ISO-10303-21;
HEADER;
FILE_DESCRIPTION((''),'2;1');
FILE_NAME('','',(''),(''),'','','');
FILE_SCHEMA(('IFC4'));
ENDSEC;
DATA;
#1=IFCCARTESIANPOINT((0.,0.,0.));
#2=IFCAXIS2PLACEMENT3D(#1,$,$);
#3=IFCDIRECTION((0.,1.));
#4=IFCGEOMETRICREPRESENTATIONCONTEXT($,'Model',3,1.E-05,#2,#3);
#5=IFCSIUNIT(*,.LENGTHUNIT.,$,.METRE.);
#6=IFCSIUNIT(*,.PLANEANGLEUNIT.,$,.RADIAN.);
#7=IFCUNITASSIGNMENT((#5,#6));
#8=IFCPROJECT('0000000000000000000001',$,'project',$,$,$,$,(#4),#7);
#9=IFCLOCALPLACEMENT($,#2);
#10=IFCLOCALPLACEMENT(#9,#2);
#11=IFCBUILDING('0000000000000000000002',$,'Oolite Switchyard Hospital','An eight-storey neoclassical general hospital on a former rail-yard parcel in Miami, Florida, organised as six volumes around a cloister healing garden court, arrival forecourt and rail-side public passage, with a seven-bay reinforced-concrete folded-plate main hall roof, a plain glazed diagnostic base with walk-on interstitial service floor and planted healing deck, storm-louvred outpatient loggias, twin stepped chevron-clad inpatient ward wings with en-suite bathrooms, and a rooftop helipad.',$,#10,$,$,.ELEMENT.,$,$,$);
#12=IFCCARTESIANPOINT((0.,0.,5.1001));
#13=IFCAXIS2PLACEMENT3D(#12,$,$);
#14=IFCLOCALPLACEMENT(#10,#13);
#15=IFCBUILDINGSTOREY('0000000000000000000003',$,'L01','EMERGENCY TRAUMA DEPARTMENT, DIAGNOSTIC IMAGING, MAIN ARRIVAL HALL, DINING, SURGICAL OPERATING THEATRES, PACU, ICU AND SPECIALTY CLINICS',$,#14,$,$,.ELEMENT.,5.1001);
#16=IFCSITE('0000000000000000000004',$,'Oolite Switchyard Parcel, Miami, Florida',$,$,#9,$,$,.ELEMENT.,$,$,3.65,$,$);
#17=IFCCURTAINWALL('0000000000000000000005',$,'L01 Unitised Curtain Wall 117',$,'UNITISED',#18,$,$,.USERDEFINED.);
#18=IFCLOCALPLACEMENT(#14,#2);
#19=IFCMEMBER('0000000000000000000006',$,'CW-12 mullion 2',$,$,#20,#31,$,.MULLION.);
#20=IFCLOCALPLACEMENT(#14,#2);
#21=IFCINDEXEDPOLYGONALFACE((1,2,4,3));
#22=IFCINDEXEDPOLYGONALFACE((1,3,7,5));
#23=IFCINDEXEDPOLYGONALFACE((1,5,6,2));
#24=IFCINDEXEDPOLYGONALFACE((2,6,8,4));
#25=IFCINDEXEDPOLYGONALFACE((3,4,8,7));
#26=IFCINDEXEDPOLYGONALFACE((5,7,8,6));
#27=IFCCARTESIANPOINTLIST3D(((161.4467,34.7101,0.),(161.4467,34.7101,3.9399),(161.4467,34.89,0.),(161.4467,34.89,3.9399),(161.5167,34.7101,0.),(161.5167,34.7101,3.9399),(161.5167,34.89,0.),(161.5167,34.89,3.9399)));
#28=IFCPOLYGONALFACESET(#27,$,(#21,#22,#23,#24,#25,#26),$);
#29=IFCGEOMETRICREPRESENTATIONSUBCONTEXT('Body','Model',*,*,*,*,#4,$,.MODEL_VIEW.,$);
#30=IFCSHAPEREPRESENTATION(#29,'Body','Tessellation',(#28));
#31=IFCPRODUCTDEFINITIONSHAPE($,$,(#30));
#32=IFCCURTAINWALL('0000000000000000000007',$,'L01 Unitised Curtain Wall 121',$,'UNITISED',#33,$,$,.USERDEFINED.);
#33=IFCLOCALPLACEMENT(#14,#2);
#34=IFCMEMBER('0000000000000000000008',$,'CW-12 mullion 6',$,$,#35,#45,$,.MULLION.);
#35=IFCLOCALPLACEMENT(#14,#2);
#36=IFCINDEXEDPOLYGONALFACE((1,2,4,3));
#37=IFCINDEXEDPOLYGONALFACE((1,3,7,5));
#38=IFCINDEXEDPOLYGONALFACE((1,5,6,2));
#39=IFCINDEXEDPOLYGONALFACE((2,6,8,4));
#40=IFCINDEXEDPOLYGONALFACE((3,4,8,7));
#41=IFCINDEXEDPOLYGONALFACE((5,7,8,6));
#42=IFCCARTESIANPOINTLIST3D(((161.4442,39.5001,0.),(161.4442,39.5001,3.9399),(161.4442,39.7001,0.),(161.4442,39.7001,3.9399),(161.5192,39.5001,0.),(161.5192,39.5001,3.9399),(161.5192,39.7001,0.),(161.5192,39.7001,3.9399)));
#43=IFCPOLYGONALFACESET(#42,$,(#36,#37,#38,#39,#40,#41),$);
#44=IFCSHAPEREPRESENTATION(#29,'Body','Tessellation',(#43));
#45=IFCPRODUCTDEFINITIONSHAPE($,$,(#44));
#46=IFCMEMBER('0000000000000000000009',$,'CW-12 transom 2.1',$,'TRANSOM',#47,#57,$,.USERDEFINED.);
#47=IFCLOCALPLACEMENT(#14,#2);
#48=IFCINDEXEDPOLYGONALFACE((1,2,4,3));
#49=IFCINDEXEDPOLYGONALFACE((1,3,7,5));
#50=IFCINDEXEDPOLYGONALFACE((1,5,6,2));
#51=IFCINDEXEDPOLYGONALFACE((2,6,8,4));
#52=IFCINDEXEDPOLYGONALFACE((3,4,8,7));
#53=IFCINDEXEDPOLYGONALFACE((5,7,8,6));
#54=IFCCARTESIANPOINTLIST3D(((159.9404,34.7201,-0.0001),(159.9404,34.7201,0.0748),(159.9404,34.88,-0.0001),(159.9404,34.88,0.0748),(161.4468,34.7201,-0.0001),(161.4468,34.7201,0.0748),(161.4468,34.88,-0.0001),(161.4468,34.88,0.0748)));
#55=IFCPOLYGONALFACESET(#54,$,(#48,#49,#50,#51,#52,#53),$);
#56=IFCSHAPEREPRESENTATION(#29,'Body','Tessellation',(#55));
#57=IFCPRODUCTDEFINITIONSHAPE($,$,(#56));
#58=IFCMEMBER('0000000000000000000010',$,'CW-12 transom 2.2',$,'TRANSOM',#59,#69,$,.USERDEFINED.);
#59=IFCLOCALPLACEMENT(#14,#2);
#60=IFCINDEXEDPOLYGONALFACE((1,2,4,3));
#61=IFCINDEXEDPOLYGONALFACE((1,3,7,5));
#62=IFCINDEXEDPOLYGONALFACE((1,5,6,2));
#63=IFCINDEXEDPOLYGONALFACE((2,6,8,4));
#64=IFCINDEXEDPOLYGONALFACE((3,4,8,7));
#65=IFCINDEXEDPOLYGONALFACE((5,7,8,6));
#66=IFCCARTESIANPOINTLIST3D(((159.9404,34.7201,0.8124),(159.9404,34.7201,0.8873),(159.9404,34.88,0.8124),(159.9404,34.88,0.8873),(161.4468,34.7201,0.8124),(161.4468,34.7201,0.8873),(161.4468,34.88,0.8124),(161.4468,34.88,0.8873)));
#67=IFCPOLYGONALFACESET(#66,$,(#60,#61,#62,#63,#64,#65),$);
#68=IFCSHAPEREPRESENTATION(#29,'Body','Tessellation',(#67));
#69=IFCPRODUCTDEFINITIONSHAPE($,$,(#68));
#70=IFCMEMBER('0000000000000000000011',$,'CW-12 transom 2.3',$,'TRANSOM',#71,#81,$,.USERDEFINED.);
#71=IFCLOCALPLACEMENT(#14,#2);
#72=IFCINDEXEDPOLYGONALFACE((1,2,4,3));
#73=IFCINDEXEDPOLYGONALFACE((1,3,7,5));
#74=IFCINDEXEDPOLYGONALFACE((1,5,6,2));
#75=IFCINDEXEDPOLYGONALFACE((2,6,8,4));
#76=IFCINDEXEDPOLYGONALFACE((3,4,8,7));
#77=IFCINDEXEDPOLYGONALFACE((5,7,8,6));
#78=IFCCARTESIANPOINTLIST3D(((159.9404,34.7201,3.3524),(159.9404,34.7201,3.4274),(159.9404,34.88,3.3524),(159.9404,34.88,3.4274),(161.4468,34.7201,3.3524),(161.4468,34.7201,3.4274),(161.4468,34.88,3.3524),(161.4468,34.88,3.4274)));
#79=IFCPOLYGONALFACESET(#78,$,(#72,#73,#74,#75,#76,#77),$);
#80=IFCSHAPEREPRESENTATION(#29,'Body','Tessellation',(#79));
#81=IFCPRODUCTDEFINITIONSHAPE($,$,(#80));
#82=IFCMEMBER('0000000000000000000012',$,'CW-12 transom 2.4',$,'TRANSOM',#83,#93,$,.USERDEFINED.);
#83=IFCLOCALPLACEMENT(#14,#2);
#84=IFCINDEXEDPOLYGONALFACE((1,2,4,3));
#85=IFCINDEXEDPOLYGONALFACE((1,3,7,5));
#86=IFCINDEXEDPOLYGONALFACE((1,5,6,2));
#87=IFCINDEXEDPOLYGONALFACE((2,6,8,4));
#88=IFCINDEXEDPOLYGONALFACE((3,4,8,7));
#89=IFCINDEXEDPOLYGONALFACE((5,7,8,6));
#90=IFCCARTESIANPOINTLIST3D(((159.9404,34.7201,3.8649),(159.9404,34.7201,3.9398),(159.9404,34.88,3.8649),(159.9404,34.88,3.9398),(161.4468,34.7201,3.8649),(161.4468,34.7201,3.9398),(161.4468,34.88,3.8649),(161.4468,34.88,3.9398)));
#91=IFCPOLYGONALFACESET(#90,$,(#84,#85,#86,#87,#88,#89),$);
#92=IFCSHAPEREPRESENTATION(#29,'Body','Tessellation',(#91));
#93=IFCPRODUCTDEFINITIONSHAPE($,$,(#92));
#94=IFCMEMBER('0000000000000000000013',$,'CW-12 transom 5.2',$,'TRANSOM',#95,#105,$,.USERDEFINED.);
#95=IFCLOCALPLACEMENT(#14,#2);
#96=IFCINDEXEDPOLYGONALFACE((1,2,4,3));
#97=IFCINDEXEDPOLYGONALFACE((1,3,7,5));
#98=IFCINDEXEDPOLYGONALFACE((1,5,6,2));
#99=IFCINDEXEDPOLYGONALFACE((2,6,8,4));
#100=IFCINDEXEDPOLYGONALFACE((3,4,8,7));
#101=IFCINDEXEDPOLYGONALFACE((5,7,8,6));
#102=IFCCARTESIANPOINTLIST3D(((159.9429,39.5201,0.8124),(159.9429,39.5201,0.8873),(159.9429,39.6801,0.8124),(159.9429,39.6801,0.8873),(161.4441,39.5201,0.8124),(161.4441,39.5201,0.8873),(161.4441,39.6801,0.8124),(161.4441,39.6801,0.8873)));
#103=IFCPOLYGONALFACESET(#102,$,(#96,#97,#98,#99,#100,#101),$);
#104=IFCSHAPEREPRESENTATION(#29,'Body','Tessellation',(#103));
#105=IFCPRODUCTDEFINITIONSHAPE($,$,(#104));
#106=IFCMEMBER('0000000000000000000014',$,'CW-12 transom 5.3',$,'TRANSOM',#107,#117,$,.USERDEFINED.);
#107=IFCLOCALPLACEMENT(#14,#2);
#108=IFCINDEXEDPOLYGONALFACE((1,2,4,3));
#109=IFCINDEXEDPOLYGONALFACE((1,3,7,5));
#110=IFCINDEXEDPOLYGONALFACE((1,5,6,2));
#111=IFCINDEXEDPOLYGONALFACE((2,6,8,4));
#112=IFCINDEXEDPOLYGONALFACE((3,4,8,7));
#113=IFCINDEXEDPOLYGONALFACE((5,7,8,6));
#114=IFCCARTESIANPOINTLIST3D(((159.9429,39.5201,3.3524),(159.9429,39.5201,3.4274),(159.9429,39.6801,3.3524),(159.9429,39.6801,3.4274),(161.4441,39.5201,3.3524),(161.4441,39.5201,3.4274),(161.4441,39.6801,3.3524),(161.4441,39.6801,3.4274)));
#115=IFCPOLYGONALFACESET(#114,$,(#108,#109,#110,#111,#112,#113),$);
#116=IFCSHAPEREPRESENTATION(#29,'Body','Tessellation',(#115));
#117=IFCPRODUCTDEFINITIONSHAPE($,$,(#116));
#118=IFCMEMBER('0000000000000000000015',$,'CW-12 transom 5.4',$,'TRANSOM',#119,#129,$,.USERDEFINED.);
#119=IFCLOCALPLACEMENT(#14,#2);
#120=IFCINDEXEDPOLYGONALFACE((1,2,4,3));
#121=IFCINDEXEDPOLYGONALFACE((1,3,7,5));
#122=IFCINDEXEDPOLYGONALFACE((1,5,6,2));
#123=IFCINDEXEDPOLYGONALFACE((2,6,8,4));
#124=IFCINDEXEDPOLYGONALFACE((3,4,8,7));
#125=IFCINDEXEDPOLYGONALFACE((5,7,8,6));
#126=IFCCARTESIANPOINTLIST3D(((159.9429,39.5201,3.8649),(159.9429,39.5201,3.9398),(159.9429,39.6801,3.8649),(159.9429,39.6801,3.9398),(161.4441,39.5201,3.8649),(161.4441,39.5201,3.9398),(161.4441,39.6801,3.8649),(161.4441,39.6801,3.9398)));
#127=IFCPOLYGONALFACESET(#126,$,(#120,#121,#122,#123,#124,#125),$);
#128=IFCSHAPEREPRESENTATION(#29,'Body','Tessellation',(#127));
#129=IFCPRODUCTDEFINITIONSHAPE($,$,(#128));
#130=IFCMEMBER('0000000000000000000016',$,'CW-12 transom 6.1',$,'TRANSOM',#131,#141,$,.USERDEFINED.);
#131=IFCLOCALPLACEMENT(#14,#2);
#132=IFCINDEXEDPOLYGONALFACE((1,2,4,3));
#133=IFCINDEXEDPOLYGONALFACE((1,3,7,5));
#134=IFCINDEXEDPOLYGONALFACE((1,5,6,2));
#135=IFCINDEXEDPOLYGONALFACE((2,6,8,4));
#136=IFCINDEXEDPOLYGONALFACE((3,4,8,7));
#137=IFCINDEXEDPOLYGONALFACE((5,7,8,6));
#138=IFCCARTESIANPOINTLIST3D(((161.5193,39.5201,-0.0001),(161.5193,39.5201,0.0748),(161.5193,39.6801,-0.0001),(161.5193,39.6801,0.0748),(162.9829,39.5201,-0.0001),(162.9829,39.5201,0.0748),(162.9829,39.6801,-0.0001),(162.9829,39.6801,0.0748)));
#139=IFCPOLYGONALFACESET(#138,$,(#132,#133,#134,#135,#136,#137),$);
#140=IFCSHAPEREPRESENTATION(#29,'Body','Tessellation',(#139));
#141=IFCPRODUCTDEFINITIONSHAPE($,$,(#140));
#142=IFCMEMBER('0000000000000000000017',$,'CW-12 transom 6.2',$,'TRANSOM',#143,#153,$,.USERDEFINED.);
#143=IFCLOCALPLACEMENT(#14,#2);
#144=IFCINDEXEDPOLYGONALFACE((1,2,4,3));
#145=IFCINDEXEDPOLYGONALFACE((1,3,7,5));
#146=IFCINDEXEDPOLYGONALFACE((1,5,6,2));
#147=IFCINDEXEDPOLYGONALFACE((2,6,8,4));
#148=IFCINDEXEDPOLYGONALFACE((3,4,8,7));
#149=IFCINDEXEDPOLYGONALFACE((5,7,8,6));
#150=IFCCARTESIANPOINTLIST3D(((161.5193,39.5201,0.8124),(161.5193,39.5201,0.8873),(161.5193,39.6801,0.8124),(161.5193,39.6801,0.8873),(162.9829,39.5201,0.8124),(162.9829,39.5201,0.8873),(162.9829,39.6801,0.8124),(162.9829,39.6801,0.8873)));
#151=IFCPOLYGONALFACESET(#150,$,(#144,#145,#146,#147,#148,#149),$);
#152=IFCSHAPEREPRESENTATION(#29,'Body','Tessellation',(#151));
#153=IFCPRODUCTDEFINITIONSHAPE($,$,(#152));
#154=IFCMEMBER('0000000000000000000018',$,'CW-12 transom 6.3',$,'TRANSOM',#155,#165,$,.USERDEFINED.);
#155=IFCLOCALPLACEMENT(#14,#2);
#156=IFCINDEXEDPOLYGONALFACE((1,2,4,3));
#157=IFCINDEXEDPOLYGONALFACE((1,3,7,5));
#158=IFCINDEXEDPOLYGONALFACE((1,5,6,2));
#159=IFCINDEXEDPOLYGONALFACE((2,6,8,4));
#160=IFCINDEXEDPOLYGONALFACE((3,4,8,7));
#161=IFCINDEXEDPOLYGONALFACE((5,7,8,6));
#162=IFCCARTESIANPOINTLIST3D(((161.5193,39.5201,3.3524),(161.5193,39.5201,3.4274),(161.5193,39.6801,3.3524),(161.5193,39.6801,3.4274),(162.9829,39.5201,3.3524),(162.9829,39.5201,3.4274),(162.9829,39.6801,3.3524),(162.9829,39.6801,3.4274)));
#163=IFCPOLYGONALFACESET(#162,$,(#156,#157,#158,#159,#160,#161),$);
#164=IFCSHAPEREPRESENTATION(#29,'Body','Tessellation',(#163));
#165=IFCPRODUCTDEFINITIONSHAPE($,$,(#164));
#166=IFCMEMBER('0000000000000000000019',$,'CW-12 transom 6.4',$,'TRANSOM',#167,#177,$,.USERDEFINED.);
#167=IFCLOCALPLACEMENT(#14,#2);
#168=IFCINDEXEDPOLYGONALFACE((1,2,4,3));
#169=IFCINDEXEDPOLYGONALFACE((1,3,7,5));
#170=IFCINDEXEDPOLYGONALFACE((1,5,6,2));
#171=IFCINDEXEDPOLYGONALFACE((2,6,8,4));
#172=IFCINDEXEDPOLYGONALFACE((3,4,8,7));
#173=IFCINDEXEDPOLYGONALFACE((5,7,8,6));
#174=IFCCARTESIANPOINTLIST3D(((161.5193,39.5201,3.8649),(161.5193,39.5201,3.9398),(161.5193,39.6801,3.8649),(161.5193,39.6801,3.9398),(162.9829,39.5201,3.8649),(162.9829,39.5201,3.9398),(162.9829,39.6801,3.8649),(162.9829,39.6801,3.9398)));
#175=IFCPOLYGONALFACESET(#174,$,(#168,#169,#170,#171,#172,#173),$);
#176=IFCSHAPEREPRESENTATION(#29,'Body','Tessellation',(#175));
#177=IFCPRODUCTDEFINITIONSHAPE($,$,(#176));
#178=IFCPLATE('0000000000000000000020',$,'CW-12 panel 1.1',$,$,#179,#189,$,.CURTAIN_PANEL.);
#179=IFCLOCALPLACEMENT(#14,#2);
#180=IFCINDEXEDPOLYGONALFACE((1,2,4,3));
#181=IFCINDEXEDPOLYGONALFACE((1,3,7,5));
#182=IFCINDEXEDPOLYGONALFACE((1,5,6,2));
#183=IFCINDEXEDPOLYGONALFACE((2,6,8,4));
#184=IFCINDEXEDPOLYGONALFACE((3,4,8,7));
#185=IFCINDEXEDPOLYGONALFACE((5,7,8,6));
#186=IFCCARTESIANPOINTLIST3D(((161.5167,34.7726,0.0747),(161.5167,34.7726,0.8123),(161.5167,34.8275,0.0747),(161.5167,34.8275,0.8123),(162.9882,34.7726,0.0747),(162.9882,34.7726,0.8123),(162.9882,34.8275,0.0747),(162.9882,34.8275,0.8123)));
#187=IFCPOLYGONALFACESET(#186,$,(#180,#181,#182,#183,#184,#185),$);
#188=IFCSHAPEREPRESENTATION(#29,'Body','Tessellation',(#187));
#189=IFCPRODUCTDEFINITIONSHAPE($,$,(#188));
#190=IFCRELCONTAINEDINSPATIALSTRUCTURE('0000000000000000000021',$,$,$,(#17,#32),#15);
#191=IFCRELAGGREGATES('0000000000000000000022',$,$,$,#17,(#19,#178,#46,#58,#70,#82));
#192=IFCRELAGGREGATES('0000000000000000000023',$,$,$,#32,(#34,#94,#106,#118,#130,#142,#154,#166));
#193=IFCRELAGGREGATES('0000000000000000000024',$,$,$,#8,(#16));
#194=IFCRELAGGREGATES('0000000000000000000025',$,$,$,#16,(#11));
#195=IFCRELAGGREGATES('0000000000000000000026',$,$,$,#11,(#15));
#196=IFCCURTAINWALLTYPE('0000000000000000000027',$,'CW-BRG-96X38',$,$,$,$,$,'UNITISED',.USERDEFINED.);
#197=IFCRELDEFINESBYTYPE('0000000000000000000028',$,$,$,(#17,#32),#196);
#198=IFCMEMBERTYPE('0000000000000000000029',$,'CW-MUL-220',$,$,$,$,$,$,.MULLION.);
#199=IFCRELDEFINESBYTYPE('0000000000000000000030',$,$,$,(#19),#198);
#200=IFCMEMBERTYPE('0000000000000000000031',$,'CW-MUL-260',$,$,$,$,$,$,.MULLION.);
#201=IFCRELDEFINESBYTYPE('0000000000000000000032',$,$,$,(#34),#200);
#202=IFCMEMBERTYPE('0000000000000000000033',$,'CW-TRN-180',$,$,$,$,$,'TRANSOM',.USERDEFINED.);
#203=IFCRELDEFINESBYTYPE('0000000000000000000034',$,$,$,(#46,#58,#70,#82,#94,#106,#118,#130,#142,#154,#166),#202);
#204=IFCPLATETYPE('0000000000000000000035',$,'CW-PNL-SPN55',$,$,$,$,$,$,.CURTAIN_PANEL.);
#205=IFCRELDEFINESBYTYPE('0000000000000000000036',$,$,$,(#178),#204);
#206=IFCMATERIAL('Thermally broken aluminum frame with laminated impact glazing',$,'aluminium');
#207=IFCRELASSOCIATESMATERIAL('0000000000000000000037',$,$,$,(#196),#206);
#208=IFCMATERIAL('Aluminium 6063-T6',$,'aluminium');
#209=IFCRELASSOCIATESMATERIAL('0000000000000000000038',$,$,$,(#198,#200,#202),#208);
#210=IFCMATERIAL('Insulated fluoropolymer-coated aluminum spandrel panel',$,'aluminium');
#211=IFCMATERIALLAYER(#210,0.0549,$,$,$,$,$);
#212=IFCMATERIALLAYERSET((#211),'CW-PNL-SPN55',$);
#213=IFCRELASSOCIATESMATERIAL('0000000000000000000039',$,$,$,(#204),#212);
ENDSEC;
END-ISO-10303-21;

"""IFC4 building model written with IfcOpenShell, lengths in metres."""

from ifc_helpers import new_model, si_unit, direction, frame, origin, origin_2d, place, context, subcontext, project, spatial, rectangle, extrude, material, layer, layer_set, material_profile, profile_set, type_object, element, aggregate, save


model = new_model("IFC4")

# Units and contexts
model_context = context("Model", 3, precision=1e-05, world=origin(), true_north=direction((0.0, 1.0)))
body_context = subcontext(model_context, "Body", "Model", "MODEL_VIEW")
ifc_project = project(units=[si_unit("LENGTHUNIT", "METRE"), si_unit("PLANEANGLEUNIT", "RADIAN")], contexts=[model_context])

# Site, building, storey
site_placement = place(None, origin())
site = spatial("IfcSite", under=ifc_project, at=site_placement, Name="Oolite Switchyard Parcel, Miami, Florida", CompositionType="ELEMENT", RefElevation=3.65)
building_placement = place(site_placement, origin())
building = spatial("IfcBuilding", under=site, at=building_placement, Name="Oolite Switchyard Hospital", Description="An eight-storey neoclassical general hospital on a former rail-yard parcel in Miami, Florida, organised as six volumes around a cloister healing garden court, arrival forecourt and rail-side public passage, with a seven-bay reinforced-concrete folded-plate main hall roof, a plain glazed diagnostic base with walk-on interstitial service floor and planted healing deck, storm-louvred outpatient loggias, twin stepped chevron-clad inpatient ward wings with en-suite bathrooms, and a rooftop helipad.", CompositionType="ELEMENT")
storey_placement = place(building_placement, frame((0.0, 0.0, 5.1001)))
storey = spatial("IfcBuildingStorey", under=building, at=storey_placement, Name="L01", Description="EMERGENCY TRAUMA DEPARTMENT, DIAGNOSTIC IMAGING, MAIN ARRIVAL HALL, DINING, SURGICAL OPERATING THEATRES, PACU, ICU AND SPECIALTY CLINICS", CompositionType="ELEMENT", Elevation=5.1001)

# Curtain walls, members
ifc_material_1 = material(Name="Thermally broken aluminum frame with laminated impact glazing", Category="aluminium")
curtain_wall_type = type_object("IfcCurtainWallType", Name="CW-BRG-96X38", ElementType="UNITISED", PredefinedType="USERDEFINED", material=ifc_material_1)
curtain_wall_1_placement = place(storey_placement, origin())
curtain_wall_1 = element("IfcCurtainWall", 1, at=curtain_wall_1_placement, inside=storey, type_object=curtain_wall_type, Name="L01 Unitised Curtain Wall 117", ObjectType="UNITISED", PredefinedType="USERDEFINED")
ifc_material_2 = material(Name="Aluminium 6063-T6", Category="aluminium")
ifc_material_profile_1 = material_profile(ifc_material_2, rectangle(XDim=0.1799, YDim=0.0701, at=origin_2d()), Name="CWM70X180")
ifc_profile_set_1 = profile_set([ifc_material_profile_1], Name="Aluminium 6063-T6")
member_type_1 = type_object("IfcMemberType", Name="CW-MUL-220", PredefinedType="MULLION", material=ifc_profile_set_1)
member_1_placement = place(storey_placement, frame((161.4817, 34.8, 0.0), z_axis=(0.0, 0.0, 1.0), x_axis=(0.0, -1.0, 0.0)))
member_1 = element("IfcMember", 2, at=member_1_placement, type_object=member_type_1, Name="CW-12 mullion 2", PredefinedType="MULLION", context=body_context, shape_type="SweptSolid", body=[
    extrude(rectangle(XDim=0.1799, YDim=0.0701, at=origin_2d()), origin(), (0.0, 0.0, 1.0), 3.9399),
])
curtain_wall_2_placement = place(storey_placement, origin())
curtain_wall_2 = element("IfcCurtainWall", 3, at=curtain_wall_2_placement, inside=storey, type_object=curtain_wall_type, Name="L01 Unitised Curtain Wall 121", ObjectType="UNITISED", PredefinedType="USERDEFINED")
ifc_material_profile_2 = material_profile(ifc_material_2, rectangle(XDim=0.2, YDim=0.075, at=origin_2d()), Name="CWM75X200")
ifc_profile_set_2 = profile_set([ifc_material_profile_2], Name="Aluminium 6063-T6")
member_type_2 = type_object("IfcMemberType", Name="CW-MUL-260", PredefinedType="MULLION", material=ifc_profile_set_2)
member_2_placement = place(storey_placement, frame((161.4817, 39.6001, 0.0), z_axis=(0.0, 0.0, 1.0), x_axis=(0.0, 1.0, 0.0)))
member_2 = element("IfcMember", 4, at=member_2_placement, type_object=member_type_2, Name="CW-12 mullion 6", PredefinedType="MULLION", context=body_context, shape_type="SweptSolid", body=[
    extrude(rectangle(XDim=0.2, YDim=0.075, at=origin_2d()), origin(), (0.0, 0.0, 1.0), 3.9399),
])

# Members
ifc_material_profile_3 = material_profile(ifc_material_2, rectangle(XDim=0.1599, YDim=0.075, at=origin_2d()), Name="CWT75X160")
ifc_profile_set_3 = profile_set([ifc_material_profile_3], Name="Aluminium 6063-T6")
member_type_3 = type_object("IfcMemberType", Name="CW-TRN-180", ElementType="TRANSOM", PredefinedType="USERDEFINED", material=ifc_profile_set_3)
member_3_placement = place(storey_placement, frame((161.4468, 34.8, 0.0374), z_axis=(-1.0, 0.0, 0.0), x_axis=(0.0, -1.0, 0.0)))
member_3 = element("IfcMember", 5, at=member_3_placement, type_object=member_type_3, Name="CW-12 transom 2.1", ObjectType="TRANSOM", PredefinedType="USERDEFINED", context=body_context, shape_type="SweptSolid", body=[
    extrude(rectangle(XDim=0.1599, YDim=0.075, at=origin_2d()), origin(), (0.0, 0.0, 1.0), 1.5063),
])
member_4_placement = place(storey_placement, frame((161.4468, 34.8, 0.8499), z_axis=(-1.0, 0.0, 0.0), x_axis=(0.0, -1.0, 0.0)))
member_4 = element("IfcMember", 6, at=member_4_placement, type_object=member_type_3, Name="CW-12 transom 2.2", ObjectType="TRANSOM", PredefinedType="USERDEFINED", context=body_context, shape_type="SweptSolid", body=[
    extrude(rectangle(XDim=0.1599, YDim=0.075, at=origin_2d()), origin(), (0.0, 0.0, 1.0), 1.5063),
])
member_5_placement = place(storey_placement, frame((161.4468, 34.8, 3.3899), z_axis=(-1.0, 0.0, 0.0), x_axis=(0.0, -1.0, 0.0)))
member_5 = element("IfcMember", 7, at=member_5_placement, type_object=member_type_3, Name="CW-12 transom 2.3", ObjectType="TRANSOM", PredefinedType="USERDEFINED", context=body_context, shape_type="SweptSolid", body=[
    extrude(rectangle(XDim=0.1599, YDim=0.075, at=origin_2d()), origin(), (0.0, 0.0, 1.0), 1.5063),
])
member_6_placement = place(storey_placement, frame((161.4468, 34.8, 3.9023), z_axis=(-1.0, 0.0, 0.0), x_axis=(0.0, -1.0, 0.0)))
member_6 = element("IfcMember", 8, at=member_6_placement, type_object=member_type_3, Name="CW-12 transom 2.4", ObjectType="TRANSOM", PredefinedType="USERDEFINED", context=body_context, shape_type="SweptSolid", body=[
    extrude(rectangle(XDim=0.1599, YDim=0.075, at=origin_2d()), origin(), (0.0, 0.0, 1.0), 1.5063),
])
member_7_placement = place(storey_placement, frame((159.9429, 39.6001, 0.8499), z_axis=(1.0, 0.0, 0.0), x_axis=(0.0, 1.0, 0.0)))
member_7 = element("IfcMember", 9, at=member_7_placement, type_object=member_type_3, Name="CW-12 transom 5.2", ObjectType="TRANSOM", PredefinedType="USERDEFINED", context=body_context, shape_type="SweptSolid", body=[
    extrude(rectangle(XDim=0.1599, YDim=0.075, at=origin_2d()), origin(), (0.0, 0.0, 1.0), 1.5012),
])
member_8_placement = place(storey_placement, frame((159.9429, 39.6001, 3.3899), z_axis=(1.0, 0.0, 0.0), x_axis=(0.0, 1.0, 0.0)))
member_8 = element("IfcMember", 10, at=member_8_placement, type_object=member_type_3, Name="CW-12 transom 5.3", ObjectType="TRANSOM", PredefinedType="USERDEFINED", context=body_context, shape_type="SweptSolid", body=[
    extrude(rectangle(XDim=0.1599, YDim=0.075, at=origin_2d()), origin(), (0.0, 0.0, 1.0), 1.5012),
])
member_9_placement = place(storey_placement, frame((159.9429, 39.6001, 3.9023), z_axis=(1.0, 0.0, 0.0), x_axis=(0.0, 1.0, 0.0)))
member_9 = element("IfcMember", 11, at=member_9_placement, type_object=member_type_3, Name="CW-12 transom 5.4", ObjectType="TRANSOM", PredefinedType="USERDEFINED", context=body_context, shape_type="SweptSolid", body=[
    extrude(rectangle(XDim=0.1599, YDim=0.075, at=origin_2d()), origin(), (0.0, 0.0, 1.0), 1.5012),
])
member_10_placement = place(storey_placement, frame((161.5193, 39.6001, 0.0374), z_axis=(1.0, 0.0, 0.0), x_axis=(0.0, 1.0, 0.0)))
member_10 = element("IfcMember", 12, at=member_10_placement, type_object=member_type_3, Name="CW-12 transom 6.1", ObjectType="TRANSOM", PredefinedType="USERDEFINED", context=body_context, shape_type="SweptSolid", body=[
    extrude(rectangle(XDim=0.1599, YDim=0.075, at=origin_2d()), origin(), (0.0, 0.0, 1.0), 1.4636),
])
member_11_placement = place(storey_placement, frame((161.5193, 39.6001, 0.8499), z_axis=(1.0, 0.0, 0.0), x_axis=(0.0, 1.0, 0.0)))
member_11 = element("IfcMember", 13, at=member_11_placement, type_object=member_type_3, Name="CW-12 transom 6.2", ObjectType="TRANSOM", PredefinedType="USERDEFINED", context=body_context, shape_type="SweptSolid", body=[
    extrude(rectangle(XDim=0.1599, YDim=0.075, at=origin_2d()), origin(), (0.0, 0.0, 1.0), 1.4636),
])
member_12_placement = place(storey_placement, frame((161.5193, 39.6001, 3.3899), z_axis=(1.0, 0.0, 0.0), x_axis=(0.0, 1.0, 0.0)))
member_12 = element("IfcMember", 14, at=member_12_placement, type_object=member_type_3, Name="CW-12 transom 6.3", ObjectType="TRANSOM", PredefinedType="USERDEFINED", context=body_context, shape_type="SweptSolid", body=[
    extrude(rectangle(XDim=0.1599, YDim=0.075, at=origin_2d()), origin(), (0.0, 0.0, 1.0), 1.4636),
])
member_13_placement = place(storey_placement, frame((161.5193, 39.6001, 3.9023), z_axis=(1.0, 0.0, 0.0), x_axis=(0.0, 1.0, 0.0)))
member_13 = element("IfcMember", 15, at=member_13_placement, type_object=member_type_3, Name="CW-12 transom 6.4", ObjectType="TRANSOM", PredefinedType="USERDEFINED", context=body_context, shape_type="SweptSolid", body=[
    extrude(rectangle(XDim=0.1599, YDim=0.075, at=origin_2d()), origin(), (0.0, 0.0, 1.0), 1.4636),
])

# Plate
ifc_material_3 = material(Name="Insulated fluoropolymer-coated aluminum spandrel panel", Category="aluminium")
ifc_layer_1 = layer(ifc_material_3, 0.0549)
ifc_layer_set_1 = layer_set([ifc_layer_1], Name="CW-PNL-SPN55")
plate_type_1 = type_object("IfcPlateType", Name="CW-PNL-SPN55", PredefinedType="CURTAIN_PANEL", material=ifc_layer_set_1)
plate_1_placement = place(storey_placement, frame((162.2524, 34.8, 0.0747), z_axis=(0.0, 0.0, 1.0), x_axis=(-1.0, 0.0, 0.0)))
plate_1 = element("IfcPlate", 16, at=plate_1_placement, type_object=plate_type_1, Name="CW-12 panel 1.1", PredefinedType="CURTAIN_PANEL", context=body_context, shape_type="SweptSolid", body=[
    extrude(rectangle(XDim=1.4714, YDim=0.0549, at=origin_2d()), origin(), (0.0, 0.0, 1.0), 0.7375),
])
aggregate(curtain_wall_1, [member_1, plate_1, member_3, member_4, member_5, member_6])
aggregate(curtain_wall_2, [member_2, member_7, member_8, member_9, member_10, member_11, member_12, member_13])

save(model, "model.ifc")
